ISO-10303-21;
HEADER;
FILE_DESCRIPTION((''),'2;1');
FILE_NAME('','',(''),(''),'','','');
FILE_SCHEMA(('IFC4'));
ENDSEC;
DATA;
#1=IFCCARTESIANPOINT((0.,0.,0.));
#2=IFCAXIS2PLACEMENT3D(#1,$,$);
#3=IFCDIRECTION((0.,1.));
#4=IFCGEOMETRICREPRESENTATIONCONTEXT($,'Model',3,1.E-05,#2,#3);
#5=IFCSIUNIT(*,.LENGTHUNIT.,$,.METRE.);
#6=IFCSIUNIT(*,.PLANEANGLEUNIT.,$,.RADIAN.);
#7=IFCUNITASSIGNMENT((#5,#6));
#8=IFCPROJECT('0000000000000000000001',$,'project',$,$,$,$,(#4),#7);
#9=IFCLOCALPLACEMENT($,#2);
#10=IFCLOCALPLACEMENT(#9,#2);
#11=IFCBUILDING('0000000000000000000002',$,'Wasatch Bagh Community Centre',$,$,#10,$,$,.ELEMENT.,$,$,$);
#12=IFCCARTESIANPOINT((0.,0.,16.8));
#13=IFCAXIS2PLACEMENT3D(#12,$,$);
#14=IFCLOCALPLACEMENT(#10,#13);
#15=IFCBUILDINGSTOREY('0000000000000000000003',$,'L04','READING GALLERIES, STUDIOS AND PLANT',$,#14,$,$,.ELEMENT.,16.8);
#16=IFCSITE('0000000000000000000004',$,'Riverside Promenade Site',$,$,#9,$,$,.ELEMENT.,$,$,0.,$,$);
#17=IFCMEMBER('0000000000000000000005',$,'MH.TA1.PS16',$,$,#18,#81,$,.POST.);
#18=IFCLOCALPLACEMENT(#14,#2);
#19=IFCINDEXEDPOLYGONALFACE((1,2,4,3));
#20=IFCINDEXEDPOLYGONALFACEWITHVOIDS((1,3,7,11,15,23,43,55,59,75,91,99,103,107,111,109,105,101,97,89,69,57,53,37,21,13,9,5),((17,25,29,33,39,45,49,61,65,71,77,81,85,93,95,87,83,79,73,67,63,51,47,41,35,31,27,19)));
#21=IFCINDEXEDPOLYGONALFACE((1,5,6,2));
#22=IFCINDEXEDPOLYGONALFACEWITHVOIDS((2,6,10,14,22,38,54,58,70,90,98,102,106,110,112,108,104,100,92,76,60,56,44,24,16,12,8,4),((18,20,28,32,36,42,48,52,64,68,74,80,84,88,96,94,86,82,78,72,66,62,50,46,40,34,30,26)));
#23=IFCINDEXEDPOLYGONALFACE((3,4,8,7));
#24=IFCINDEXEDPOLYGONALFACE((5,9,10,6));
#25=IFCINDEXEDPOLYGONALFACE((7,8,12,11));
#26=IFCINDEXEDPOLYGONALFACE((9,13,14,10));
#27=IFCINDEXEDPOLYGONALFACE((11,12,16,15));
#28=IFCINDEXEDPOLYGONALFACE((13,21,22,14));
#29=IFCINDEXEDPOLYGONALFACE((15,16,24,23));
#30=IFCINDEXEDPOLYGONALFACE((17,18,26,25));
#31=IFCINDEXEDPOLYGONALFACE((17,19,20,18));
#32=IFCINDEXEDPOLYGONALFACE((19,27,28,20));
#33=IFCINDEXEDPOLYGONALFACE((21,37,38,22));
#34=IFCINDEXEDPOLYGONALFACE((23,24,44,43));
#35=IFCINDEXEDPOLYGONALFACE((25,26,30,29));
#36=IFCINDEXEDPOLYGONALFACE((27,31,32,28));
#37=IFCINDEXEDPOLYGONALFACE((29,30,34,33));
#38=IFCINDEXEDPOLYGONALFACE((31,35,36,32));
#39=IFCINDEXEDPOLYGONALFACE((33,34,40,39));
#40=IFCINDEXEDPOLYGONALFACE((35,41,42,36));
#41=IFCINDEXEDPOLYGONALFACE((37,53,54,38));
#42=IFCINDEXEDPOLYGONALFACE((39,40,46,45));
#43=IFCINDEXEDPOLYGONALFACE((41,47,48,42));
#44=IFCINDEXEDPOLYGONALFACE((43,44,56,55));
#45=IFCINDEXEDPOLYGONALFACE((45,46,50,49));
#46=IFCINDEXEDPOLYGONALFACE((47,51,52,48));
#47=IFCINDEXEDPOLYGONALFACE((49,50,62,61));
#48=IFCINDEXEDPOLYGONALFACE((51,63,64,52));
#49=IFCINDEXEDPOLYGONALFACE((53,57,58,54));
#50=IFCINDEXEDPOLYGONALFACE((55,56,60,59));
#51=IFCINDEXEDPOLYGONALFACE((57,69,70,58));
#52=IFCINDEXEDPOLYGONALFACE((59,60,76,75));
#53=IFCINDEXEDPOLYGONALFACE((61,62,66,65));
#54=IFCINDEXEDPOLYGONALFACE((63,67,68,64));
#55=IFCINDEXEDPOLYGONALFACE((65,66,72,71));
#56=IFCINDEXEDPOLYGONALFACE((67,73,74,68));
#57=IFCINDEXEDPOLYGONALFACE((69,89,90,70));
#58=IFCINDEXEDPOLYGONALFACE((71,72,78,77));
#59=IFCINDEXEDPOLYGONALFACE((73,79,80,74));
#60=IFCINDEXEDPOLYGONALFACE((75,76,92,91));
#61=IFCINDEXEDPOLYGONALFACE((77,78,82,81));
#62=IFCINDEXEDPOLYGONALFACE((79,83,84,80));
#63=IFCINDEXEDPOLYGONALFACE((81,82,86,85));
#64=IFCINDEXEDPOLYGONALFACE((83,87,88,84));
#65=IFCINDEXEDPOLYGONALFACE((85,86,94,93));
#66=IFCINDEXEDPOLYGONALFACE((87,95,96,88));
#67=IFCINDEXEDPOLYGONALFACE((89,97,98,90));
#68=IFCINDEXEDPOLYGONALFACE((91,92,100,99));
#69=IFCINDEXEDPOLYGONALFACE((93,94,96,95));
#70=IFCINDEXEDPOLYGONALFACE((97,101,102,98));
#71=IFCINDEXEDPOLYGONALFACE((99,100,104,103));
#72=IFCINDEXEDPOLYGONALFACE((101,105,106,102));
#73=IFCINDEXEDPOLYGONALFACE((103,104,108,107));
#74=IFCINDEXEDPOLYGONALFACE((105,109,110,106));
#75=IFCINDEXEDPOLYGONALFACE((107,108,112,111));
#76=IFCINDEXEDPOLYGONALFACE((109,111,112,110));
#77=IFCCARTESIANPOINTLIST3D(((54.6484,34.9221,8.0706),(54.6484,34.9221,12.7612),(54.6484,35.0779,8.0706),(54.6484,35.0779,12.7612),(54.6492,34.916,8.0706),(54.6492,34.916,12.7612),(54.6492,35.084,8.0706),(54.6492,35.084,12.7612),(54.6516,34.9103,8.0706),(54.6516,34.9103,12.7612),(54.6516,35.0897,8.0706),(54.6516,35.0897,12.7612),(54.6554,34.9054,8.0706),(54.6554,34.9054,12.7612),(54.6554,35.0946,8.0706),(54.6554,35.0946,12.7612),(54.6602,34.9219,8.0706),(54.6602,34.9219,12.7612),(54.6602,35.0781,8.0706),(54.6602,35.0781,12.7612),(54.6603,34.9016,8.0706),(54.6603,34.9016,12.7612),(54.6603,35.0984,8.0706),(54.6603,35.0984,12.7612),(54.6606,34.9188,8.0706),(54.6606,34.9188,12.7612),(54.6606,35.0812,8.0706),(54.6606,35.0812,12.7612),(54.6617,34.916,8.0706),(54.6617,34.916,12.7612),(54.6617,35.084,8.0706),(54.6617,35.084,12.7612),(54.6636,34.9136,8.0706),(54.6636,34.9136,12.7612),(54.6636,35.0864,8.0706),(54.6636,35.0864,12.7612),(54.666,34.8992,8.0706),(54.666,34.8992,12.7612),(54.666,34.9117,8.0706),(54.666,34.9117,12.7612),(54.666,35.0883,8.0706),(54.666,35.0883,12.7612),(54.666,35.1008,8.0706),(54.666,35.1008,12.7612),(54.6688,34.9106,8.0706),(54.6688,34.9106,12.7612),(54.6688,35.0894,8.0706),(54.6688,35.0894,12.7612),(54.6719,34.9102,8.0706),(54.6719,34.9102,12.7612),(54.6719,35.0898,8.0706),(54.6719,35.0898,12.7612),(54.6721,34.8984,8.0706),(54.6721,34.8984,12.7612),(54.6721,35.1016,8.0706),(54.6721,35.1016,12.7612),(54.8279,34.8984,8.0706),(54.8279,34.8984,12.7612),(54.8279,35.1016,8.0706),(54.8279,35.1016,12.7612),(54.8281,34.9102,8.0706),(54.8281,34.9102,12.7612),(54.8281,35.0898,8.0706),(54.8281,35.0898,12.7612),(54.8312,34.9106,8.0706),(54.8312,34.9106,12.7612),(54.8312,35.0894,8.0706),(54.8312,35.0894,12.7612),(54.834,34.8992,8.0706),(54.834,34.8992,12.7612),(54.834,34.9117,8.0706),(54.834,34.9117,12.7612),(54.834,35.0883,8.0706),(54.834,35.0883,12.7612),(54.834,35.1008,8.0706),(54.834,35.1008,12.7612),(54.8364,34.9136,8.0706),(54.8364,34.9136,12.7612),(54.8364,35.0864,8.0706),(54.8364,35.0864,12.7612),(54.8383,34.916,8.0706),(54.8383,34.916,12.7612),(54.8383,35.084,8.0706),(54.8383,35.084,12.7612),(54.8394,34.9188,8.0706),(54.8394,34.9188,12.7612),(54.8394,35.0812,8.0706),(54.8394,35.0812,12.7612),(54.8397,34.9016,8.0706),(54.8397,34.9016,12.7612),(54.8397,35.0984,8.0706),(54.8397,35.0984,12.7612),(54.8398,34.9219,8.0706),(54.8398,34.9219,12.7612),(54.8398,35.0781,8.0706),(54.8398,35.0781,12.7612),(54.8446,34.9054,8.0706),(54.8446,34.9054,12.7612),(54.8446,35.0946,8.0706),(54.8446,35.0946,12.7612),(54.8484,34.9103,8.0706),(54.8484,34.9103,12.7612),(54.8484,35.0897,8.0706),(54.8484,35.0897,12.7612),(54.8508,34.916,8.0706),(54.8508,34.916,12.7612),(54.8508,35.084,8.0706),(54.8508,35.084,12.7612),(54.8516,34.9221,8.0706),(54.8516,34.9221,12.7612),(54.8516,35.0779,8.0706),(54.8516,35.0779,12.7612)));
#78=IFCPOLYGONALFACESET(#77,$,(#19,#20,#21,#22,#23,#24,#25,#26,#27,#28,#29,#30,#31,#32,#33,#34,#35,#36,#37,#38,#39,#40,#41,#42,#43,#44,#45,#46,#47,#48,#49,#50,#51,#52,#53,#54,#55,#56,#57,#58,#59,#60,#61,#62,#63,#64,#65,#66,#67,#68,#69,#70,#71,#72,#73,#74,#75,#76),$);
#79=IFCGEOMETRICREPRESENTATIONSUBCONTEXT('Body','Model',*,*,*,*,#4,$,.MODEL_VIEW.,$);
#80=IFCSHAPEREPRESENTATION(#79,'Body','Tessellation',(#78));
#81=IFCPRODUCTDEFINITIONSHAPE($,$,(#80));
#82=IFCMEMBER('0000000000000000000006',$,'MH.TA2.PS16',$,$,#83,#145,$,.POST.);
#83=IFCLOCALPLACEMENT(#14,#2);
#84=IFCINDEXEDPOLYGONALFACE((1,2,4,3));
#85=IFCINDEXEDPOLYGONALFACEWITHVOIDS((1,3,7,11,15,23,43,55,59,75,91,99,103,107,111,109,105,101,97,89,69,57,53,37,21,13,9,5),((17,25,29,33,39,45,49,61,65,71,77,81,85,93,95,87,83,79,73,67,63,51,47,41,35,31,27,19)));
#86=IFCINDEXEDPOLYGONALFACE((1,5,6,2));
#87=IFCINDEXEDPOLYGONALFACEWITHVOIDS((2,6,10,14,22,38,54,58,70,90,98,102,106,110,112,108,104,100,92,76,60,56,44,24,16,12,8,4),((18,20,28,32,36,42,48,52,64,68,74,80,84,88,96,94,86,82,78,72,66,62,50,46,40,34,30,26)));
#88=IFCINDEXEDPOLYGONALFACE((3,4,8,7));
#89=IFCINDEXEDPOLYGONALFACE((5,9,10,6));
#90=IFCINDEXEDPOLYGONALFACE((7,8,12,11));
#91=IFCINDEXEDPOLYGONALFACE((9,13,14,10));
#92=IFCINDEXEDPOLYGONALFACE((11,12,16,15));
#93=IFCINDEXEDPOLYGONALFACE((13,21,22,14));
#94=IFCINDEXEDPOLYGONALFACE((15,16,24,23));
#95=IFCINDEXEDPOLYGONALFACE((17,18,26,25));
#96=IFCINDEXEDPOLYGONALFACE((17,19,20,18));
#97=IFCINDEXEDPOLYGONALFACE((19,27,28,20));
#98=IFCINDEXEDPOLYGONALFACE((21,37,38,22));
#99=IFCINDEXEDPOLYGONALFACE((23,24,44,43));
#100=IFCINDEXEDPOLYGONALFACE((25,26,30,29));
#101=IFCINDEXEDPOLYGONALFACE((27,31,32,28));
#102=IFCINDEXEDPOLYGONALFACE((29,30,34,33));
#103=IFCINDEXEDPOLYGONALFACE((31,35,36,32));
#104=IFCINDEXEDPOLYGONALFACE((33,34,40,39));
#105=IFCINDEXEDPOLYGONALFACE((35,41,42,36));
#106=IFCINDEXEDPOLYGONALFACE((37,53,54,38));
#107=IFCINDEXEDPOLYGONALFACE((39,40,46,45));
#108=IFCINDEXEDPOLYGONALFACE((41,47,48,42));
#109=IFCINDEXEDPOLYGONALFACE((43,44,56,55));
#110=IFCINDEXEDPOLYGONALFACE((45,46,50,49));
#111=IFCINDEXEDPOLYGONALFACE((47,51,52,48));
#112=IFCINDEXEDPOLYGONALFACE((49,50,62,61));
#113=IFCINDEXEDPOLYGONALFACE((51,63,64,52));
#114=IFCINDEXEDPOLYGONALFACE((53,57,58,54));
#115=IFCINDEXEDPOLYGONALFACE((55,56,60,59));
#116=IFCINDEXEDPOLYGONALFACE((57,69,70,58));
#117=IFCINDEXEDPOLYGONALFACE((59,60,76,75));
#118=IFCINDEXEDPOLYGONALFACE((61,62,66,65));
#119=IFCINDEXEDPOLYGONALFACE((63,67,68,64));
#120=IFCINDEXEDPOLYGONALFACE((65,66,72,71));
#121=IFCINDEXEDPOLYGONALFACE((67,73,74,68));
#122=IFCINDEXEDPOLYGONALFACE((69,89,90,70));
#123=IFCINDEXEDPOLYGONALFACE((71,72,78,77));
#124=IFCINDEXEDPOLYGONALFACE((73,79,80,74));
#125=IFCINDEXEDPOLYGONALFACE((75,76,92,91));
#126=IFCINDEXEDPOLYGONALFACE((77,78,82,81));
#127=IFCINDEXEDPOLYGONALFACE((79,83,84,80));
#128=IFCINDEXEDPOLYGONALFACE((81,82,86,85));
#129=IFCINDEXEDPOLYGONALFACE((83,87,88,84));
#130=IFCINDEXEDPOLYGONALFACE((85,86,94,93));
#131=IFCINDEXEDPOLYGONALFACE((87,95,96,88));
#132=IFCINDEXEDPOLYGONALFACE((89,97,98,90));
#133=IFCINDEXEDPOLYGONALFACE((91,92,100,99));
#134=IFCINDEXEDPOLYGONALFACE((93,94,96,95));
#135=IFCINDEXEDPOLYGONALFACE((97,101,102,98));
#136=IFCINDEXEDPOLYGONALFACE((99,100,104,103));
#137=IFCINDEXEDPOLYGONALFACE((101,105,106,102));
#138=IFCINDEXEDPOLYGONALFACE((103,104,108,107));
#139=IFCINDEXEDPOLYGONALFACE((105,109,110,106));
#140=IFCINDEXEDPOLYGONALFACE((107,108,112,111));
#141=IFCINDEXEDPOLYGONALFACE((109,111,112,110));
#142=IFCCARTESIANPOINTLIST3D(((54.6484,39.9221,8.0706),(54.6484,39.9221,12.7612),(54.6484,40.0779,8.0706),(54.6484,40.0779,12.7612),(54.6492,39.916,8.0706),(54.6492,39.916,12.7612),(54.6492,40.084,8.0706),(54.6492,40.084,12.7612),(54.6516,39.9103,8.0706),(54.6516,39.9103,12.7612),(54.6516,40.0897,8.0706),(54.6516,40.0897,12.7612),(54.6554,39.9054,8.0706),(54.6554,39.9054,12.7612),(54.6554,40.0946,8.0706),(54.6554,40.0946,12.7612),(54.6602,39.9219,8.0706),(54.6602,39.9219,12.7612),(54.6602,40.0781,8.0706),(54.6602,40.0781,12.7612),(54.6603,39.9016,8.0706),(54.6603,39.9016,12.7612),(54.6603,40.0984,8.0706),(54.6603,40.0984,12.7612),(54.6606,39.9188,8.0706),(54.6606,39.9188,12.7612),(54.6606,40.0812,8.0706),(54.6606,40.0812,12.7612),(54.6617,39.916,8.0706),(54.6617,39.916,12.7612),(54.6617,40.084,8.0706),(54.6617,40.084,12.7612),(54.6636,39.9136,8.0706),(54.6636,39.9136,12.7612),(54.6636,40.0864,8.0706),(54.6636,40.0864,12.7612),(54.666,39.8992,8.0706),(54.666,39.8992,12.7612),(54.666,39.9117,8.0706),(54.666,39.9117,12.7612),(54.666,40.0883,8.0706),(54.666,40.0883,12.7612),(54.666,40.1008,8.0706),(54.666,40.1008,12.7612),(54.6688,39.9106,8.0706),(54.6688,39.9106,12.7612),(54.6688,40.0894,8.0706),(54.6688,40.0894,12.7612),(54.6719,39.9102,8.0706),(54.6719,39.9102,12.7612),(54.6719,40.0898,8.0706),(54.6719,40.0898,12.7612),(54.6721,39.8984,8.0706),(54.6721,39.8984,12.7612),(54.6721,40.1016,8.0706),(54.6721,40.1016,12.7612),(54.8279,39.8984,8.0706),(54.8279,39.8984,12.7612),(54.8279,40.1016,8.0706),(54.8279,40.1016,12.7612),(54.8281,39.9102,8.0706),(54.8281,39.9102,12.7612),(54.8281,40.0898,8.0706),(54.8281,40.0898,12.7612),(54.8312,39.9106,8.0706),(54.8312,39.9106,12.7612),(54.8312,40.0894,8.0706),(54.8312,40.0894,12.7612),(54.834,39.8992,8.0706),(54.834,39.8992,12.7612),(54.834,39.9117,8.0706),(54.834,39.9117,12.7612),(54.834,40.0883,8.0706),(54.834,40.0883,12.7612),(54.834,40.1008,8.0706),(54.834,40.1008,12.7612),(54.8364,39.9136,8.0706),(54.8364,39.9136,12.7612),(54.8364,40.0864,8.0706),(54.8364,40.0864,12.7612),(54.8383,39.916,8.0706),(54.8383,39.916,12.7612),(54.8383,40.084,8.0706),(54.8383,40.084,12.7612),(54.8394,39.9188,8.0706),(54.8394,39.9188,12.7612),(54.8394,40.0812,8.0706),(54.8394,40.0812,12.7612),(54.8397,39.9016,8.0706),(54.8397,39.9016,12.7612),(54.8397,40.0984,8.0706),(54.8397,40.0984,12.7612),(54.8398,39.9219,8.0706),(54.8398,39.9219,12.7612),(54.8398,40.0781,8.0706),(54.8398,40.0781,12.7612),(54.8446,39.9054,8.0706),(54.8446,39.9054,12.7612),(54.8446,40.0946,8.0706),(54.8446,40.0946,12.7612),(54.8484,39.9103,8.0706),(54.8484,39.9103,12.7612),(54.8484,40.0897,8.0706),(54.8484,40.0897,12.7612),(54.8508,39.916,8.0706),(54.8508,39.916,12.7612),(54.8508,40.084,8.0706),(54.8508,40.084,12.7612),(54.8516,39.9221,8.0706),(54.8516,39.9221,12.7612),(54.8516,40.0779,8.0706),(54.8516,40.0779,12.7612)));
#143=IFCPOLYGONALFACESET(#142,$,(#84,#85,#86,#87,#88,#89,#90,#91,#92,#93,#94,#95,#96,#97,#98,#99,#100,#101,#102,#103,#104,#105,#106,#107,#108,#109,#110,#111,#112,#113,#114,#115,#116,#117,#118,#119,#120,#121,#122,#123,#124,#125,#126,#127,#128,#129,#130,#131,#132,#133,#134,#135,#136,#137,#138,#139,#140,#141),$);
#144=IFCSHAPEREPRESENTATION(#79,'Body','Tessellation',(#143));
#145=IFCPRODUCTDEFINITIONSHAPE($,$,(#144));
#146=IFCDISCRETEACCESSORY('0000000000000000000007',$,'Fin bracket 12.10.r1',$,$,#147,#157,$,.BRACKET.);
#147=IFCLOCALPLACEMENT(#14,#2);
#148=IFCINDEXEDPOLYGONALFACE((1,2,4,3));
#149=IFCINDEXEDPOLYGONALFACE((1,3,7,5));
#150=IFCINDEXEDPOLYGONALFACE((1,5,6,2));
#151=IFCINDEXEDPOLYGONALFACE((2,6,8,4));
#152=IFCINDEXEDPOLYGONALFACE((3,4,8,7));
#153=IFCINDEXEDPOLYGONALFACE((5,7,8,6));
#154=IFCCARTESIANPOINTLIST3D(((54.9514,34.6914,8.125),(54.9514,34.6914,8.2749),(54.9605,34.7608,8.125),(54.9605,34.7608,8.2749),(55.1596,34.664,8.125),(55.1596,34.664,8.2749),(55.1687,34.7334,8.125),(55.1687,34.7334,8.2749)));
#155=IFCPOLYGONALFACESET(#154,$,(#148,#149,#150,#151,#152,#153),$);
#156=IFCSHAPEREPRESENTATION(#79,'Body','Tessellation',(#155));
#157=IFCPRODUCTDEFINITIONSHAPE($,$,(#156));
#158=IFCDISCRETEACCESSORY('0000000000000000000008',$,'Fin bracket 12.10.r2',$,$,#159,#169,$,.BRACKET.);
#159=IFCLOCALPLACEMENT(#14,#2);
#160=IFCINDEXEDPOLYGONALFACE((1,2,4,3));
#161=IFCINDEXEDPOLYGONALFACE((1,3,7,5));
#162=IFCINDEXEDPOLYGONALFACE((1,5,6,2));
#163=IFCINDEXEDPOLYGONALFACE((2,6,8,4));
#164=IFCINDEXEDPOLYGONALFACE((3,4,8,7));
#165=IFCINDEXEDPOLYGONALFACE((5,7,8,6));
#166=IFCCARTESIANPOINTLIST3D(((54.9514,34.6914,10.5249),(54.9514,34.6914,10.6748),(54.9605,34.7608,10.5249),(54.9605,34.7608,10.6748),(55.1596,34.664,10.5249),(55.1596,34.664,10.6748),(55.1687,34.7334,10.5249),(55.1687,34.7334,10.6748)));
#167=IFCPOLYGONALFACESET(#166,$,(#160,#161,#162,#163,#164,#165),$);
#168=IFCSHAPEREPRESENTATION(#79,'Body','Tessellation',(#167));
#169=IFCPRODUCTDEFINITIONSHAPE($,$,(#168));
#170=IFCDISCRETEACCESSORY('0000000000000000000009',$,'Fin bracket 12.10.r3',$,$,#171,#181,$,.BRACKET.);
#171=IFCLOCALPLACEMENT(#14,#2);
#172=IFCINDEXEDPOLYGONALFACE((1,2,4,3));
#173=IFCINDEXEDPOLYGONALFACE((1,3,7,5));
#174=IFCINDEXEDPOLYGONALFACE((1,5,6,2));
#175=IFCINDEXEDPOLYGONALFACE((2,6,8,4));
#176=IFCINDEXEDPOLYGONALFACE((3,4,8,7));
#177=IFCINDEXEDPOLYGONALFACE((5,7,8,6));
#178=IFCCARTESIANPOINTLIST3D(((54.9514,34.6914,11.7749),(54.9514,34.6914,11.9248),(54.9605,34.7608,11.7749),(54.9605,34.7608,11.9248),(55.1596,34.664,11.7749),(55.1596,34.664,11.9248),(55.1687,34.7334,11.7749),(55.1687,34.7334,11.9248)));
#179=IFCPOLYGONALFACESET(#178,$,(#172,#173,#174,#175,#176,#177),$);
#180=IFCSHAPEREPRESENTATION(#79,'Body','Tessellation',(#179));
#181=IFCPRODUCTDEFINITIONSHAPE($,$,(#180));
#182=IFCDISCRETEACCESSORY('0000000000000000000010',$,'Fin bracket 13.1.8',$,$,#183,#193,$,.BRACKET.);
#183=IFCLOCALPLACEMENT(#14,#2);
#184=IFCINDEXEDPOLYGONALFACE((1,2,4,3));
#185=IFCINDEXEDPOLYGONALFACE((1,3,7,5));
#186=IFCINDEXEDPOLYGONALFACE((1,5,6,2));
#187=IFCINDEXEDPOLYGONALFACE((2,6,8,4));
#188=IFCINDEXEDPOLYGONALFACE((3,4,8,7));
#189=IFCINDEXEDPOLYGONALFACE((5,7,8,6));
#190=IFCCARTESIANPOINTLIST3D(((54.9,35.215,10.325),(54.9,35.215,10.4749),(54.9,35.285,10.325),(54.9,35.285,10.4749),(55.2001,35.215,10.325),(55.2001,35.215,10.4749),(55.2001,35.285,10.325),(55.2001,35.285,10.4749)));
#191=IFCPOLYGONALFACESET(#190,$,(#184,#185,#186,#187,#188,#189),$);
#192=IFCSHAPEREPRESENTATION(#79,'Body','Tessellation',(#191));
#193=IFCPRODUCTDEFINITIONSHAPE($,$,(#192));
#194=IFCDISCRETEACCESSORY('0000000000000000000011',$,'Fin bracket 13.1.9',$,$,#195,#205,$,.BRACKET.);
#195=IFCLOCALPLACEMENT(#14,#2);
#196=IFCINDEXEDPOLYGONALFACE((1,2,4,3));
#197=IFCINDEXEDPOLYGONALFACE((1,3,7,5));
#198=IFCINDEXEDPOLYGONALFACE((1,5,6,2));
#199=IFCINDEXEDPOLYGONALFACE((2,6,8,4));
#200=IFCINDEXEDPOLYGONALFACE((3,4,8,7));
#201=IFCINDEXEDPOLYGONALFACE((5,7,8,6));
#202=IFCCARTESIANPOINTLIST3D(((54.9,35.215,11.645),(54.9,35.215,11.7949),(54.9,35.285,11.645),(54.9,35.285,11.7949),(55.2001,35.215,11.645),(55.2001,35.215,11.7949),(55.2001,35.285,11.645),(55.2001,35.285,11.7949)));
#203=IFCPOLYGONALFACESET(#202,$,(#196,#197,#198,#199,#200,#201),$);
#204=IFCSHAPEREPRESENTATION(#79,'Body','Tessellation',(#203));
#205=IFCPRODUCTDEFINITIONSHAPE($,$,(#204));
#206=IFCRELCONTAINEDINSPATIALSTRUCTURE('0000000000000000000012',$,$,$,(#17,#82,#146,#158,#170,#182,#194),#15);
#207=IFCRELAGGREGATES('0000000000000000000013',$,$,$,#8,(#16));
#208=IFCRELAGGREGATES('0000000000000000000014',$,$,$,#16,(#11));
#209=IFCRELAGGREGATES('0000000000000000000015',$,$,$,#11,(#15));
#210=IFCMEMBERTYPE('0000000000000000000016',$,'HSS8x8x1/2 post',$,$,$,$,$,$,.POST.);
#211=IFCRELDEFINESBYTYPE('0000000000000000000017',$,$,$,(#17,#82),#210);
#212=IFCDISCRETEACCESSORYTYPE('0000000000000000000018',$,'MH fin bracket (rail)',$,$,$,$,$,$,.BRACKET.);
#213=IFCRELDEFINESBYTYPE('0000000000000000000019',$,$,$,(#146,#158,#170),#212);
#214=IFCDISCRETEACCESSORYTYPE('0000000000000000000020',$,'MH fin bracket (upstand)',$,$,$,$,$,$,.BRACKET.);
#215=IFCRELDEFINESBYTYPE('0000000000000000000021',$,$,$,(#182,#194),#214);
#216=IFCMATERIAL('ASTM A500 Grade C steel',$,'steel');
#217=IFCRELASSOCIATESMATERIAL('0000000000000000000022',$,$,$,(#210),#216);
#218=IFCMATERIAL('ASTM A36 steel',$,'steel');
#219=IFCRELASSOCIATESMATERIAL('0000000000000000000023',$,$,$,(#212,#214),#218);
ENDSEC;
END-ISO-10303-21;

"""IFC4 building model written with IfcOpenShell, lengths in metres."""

from ifc_helpers import new_model, si_unit, direction, frame, origin, origin_2d, place, context, subcontext, project, spatial, rectangle, hollow_rectangle, extrude, material, material_profile, profile_set, type_object, element, save


model = new_model("IFC4")

# Units and contexts
model_context = context("Model", 3, precision=1e-05, world=origin(), true_north=direction((0.0, 1.0)))
body_context = subcontext(model_context, "Body", "Model", "MODEL_VIEW")
ifc_project = project(units=[si_unit("LENGTHUNIT", "METRE"), si_unit("PLANEANGLEUNIT", "RADIAN")], contexts=[model_context])

# Site, building, storey
site_placement = place(None, origin())
site = spatial("IfcSite", under=ifc_project, at=site_placement, Name="Riverside Promenade Site", CompositionType="ELEMENT", RefElevation=0.0)
building_placement = place(site_placement, origin())
building = spatial("IfcBuilding", under=site, at=building_placement, Name="Wasatch Bagh Community Centre", CompositionType="ELEMENT")
storey_placement = place(building_placement, frame((0.0, 0.0, 16.8)))
storey = spatial("IfcBuildingStorey", under=building, at=storey_placement, Name="L04", Description="READING GALLERIES, STUDIOS AND PLANT", CompositionType="ELEMENT", Elevation=16.8)

# Members
ifc_material_1 = material(Name="ASTM A500 Grade C steel", Category="steel")
ifc_material_profile_1 = material_profile(ifc_material_1, hollow_rectangle(XDim=0.2031, YDim=0.2031, WallThickness=0.0117, InnerFilletRadius=0.0117, OuterFilletRadius=0.0237, at=origin_2d()), Name="HSS8x8x1/2")
ifc_profile_set_1 = profile_set([ifc_material_profile_1], Name="ASTM A500 Grade C steel")
member_type = type_object("IfcMemberType", Name="HSS8x8x1/2 post", PredefinedType="POST", material=ifc_profile_set_1)
for number, where, z_axis, x_axis, name in (
    (1, (54.75, 35.0, 8.0706), (0.0, 0.0, 1.0), (1.0, 0.0, 0.0), "MH.TA1.PS16"),
    (2, (54.75, 40.0, 8.0706), (0.0, 0.0, 1.0), (1.0, 0.0, 0.0), "MH.TA2.PS16"),
):
    element("IfcMember", number, at=place(storey_placement, frame(where, z_axis=z_axis, x_axis=x_axis)), inside=storey, type_object=member_type, Name=name, PredefinedType="POST", context=body_context, shape_type="SweptSolid", body=[
        extrude(hollow_rectangle(XDim=0.2031, YDim=0.2031, WallThickness=0.0117, InnerFilletRadius=0.0117, OuterFilletRadius=0.0237, at=origin_2d()), origin(), (0.0, 0.0, 1.0), 4.6907),
    ])

# Discrete accessories
ifc_material_2 = material(Name="ASTM A36 steel", Category="steel")
discrete_accessory_type_1 = type_object("IfcDiscreteAccessoryType", Name="MH fin bracket (rail)", PredefinedType="BRACKET", material=ifc_material_2)
for number, where, z_axis, x_axis, name in (
    (3, (55.0601, 34.7124, 8.125), (0.0, 0.0, 1.0), (0.130526, 0.991445, 0.0), "Fin bracket 12.10.r1"),
    (4, (55.0601, 34.7124, 10.5249), (0.0, 0.0, 1.0), (0.130526, 0.991445, 0.0), "Fin bracket 12.10.r2"),
    (5, (55.0601, 34.7124, 11.7749), (0.0, 0.0, 1.0), (0.130526, 0.991445, 0.0), "Fin bracket 12.10.r3"),
):
    element("IfcDiscreteAccessory", number, at=place(storey_placement, frame(where, z_axis=z_axis, x_axis=x_axis)), inside=storey, type_object=discrete_accessory_type_1, Name=name, PredefinedType="BRACKET", context=body_context, shape_type="SweptSolid", body=[
        extrude(rectangle(XDim=0.0701, YDim=0.21, at=origin_2d()), origin(), (0.0, 0.0, 1.0), 0.1499),
    ])
discrete_accessory_type_2 = type_object("IfcDiscreteAccessoryType", Name="MH fin bracket (upstand)", PredefinedType="BRACKET", material=ifc_material_2)
for number, where, z_axis, x_axis, name in (
    (6, (55.05, 35.25, 10.325), (0.0, 0.0, 1.0), (0.0, 1.0, 0.0), "Fin bracket 13.1.8"),
    (7, (55.05, 35.25, 11.645), (0.0, 0.0, 1.0), (0.0, 1.0, 0.0), "Fin bracket 13.1.9"),
):
    element("IfcDiscreteAccessory", number, at=place(storey_placement, frame(where, z_axis=z_axis, x_axis=x_axis)), inside=storey, type_object=discrete_accessory_type_2, Name=name, PredefinedType="BRACKET", context=body_context, shape_type="SweptSolid", body=[
        extrude(rectangle(XDim=0.0701, YDim=0.3, at=origin_2d()), origin(), (0.0, 0.0, 1.0), 0.1499),
    ])

save(model, "model.ifc")
